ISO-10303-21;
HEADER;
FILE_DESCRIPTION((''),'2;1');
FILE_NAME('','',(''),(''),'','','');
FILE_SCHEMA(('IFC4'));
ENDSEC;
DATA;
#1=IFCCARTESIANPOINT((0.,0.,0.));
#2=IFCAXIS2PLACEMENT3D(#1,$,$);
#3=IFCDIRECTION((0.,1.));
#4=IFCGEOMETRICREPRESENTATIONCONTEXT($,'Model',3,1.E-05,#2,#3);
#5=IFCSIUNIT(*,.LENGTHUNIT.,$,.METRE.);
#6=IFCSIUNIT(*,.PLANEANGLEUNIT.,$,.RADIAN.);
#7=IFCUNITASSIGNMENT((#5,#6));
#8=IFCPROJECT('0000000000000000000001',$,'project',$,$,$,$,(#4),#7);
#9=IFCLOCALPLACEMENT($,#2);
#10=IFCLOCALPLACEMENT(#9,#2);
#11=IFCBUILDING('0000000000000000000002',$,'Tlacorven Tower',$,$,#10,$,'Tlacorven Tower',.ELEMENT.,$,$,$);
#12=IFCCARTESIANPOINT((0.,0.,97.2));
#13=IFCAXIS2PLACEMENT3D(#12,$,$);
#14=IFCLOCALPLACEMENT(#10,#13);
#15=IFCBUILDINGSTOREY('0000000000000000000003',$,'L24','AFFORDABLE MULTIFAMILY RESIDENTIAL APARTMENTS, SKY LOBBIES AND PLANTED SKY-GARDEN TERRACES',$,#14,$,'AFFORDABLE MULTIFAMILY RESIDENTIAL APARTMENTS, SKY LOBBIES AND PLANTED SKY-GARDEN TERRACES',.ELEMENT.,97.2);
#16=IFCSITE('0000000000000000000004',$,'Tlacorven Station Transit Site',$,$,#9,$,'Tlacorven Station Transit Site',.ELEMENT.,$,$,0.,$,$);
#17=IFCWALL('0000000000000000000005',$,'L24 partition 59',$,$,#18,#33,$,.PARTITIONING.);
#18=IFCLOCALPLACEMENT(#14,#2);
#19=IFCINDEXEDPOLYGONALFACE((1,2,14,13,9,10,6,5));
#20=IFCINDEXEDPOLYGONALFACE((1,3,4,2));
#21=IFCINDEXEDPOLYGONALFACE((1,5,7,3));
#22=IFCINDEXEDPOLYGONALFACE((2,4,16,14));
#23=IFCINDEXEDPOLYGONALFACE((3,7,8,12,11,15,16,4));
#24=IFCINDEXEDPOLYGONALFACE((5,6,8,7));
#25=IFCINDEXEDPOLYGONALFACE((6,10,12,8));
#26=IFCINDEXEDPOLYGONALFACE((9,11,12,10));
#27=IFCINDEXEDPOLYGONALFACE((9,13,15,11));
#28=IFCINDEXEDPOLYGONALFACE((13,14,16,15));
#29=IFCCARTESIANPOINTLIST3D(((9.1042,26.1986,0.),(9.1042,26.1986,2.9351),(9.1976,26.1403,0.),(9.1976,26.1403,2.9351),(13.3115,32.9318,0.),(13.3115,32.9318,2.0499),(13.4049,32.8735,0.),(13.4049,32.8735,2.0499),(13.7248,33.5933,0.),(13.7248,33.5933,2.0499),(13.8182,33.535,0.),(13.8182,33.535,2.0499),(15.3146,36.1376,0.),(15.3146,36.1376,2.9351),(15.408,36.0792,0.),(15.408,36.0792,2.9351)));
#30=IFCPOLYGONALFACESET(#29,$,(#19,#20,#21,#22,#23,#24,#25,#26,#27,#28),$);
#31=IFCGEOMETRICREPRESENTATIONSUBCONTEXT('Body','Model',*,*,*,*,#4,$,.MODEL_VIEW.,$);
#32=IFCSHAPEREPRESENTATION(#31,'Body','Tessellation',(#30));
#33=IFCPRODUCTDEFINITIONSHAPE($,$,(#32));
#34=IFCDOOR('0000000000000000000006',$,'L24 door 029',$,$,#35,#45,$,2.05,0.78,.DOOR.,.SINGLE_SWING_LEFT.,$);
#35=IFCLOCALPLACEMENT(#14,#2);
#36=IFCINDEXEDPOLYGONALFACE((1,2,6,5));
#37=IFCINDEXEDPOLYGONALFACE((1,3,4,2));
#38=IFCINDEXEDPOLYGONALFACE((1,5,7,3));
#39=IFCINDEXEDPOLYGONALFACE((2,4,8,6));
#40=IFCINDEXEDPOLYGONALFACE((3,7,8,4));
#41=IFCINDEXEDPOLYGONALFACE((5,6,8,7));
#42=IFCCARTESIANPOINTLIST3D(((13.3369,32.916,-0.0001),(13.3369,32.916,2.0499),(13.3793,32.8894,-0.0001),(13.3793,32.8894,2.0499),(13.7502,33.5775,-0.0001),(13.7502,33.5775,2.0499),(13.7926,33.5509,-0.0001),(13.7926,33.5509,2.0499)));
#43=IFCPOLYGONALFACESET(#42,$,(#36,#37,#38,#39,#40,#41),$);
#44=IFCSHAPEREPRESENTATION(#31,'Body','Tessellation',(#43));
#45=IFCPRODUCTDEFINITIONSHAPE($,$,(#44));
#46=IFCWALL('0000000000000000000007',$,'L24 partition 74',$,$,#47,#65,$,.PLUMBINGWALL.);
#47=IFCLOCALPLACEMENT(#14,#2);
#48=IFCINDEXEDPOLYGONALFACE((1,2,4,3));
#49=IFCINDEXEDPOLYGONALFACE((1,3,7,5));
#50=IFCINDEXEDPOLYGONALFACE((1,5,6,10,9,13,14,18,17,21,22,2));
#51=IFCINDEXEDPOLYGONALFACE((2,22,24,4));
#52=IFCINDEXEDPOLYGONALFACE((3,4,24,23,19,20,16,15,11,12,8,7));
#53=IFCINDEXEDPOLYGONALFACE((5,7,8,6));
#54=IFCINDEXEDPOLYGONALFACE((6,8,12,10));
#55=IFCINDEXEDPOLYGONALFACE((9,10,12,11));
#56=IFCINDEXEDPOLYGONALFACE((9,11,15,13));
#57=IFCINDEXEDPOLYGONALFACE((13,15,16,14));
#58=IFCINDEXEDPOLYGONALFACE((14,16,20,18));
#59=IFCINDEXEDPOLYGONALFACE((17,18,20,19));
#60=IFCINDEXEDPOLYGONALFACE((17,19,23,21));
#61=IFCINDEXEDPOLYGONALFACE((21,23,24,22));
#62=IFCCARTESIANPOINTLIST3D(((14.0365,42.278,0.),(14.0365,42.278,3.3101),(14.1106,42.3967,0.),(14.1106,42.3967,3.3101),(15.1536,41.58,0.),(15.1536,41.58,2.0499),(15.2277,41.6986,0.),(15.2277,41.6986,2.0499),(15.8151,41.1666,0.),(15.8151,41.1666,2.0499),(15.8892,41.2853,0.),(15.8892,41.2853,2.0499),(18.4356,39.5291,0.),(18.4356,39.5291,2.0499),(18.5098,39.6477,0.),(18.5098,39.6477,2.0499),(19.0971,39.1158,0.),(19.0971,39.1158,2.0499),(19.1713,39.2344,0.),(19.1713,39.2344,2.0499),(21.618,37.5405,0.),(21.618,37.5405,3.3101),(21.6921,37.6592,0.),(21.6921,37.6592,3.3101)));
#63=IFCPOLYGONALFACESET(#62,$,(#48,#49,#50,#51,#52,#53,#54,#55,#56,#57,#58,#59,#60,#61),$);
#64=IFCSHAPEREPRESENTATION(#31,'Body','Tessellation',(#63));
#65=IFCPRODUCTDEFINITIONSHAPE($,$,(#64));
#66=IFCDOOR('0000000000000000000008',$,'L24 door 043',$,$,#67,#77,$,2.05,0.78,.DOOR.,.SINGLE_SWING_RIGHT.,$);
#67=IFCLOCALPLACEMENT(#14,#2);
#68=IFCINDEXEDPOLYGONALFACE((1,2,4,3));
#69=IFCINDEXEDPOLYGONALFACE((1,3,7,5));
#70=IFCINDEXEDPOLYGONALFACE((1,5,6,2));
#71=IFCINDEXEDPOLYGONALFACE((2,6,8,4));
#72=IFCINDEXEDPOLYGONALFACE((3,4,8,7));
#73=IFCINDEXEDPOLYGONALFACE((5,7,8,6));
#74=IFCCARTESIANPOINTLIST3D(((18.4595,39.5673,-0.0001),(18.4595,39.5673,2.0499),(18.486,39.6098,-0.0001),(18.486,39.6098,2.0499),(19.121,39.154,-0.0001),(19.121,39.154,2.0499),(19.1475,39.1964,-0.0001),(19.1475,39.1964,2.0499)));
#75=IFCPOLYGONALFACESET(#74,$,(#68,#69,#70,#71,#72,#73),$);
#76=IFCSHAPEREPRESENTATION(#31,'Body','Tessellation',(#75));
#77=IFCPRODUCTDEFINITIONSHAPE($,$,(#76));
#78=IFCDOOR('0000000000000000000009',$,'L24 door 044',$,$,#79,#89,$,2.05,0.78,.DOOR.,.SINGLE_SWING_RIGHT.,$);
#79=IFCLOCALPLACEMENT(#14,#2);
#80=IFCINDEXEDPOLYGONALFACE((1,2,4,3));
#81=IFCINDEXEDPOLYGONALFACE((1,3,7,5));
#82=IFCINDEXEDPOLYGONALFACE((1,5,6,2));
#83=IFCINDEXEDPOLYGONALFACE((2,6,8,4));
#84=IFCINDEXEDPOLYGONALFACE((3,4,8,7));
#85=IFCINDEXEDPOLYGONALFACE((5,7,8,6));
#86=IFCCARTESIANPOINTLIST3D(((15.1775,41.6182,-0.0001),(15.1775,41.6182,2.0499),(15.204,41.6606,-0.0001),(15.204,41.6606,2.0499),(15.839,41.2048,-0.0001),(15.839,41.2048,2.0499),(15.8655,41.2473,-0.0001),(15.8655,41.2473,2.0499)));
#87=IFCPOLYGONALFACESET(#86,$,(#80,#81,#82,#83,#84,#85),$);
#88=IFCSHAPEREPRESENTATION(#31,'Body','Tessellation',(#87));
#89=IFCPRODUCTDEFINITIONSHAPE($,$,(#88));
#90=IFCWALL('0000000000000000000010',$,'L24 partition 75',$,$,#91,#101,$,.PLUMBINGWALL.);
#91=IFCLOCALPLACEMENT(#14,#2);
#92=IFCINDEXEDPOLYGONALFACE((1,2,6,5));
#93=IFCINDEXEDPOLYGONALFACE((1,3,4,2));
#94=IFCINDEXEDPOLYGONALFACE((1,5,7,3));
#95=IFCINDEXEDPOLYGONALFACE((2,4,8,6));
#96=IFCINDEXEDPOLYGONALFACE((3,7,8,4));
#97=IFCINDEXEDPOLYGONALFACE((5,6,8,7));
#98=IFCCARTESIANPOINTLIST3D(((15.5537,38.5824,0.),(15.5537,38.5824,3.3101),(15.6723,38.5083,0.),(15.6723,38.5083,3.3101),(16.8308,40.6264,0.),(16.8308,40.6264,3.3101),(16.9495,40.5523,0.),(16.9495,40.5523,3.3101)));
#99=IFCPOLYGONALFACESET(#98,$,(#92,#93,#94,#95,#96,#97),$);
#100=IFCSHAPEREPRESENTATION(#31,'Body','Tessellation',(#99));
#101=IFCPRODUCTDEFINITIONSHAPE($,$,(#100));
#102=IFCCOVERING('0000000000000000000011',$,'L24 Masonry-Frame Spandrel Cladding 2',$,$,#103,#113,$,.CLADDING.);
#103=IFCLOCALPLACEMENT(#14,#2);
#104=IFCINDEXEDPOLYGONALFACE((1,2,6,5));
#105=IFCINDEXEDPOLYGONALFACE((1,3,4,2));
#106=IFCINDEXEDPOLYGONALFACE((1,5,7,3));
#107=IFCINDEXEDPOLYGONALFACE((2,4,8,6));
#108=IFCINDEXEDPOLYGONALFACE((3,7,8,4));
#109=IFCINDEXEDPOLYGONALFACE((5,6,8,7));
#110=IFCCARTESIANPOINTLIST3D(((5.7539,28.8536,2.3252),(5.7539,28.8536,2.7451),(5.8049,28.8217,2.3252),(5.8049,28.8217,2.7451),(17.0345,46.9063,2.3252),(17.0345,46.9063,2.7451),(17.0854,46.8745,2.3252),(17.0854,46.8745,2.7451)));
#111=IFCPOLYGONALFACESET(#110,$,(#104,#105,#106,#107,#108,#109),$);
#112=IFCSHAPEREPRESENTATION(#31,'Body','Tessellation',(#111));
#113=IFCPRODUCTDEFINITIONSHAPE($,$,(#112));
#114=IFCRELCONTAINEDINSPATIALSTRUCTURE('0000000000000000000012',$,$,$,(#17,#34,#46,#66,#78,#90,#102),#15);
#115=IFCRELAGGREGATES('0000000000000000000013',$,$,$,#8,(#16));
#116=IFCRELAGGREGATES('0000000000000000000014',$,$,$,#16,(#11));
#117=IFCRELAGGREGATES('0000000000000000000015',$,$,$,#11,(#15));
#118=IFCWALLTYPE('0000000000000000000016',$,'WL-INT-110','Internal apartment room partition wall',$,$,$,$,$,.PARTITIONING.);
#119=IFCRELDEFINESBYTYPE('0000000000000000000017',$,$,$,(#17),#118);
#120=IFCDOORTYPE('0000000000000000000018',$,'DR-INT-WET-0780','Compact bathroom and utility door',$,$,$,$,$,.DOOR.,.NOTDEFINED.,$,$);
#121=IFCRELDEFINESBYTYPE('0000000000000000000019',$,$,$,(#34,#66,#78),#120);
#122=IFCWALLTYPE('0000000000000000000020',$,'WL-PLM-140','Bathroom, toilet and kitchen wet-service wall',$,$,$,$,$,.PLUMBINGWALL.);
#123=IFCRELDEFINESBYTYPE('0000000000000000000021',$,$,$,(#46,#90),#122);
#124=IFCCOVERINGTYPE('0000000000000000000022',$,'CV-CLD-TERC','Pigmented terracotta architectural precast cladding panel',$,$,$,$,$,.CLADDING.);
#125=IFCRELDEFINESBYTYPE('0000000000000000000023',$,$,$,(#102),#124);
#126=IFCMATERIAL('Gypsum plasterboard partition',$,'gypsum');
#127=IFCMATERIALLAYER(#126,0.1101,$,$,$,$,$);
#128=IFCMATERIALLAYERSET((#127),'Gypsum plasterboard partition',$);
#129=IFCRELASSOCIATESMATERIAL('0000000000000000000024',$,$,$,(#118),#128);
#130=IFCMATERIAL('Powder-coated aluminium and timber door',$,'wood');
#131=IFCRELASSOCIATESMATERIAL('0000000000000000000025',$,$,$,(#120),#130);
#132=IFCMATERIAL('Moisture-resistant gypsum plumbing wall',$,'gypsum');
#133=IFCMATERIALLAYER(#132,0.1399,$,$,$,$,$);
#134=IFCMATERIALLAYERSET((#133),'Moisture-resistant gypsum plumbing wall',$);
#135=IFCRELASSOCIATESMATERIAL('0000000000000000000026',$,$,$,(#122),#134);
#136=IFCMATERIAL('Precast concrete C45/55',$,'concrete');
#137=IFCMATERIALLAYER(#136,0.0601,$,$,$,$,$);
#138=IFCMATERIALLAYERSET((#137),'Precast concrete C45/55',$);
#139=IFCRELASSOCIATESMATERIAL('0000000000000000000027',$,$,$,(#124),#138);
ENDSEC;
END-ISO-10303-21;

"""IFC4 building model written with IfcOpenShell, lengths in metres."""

from ifc_helpers import new_model, si_unit, direction, frame, frame_2d, origin, origin_2d, place, context, subcontext, project, spatial, rectangle, extrude, source, transform, mapped, material, layer, layer_set, type_object, element, fill, save


model = new_model("IFC4")

# Units and contexts
model_context = context("Model", 3, precision=1e-05, world=origin(), true_north=direction((0.0, 1.0)))
body_context = subcontext(model_context, "Body", "Model", "MODEL_VIEW")
ifc_project = project(units=[si_unit("LENGTHUNIT", "METRE"), si_unit("PLANEANGLEUNIT", "RADIAN")], contexts=[model_context])

# Site, building, storey
site_placement = place(None, origin())
site = spatial("IfcSite", under=ifc_project, at=site_placement, Name="Tlacorven Station Transit Site", LongName="Tlacorven Station Transit Site", CompositionType="ELEMENT", RefElevation=0.0)
building_placement = place(site_placement, origin())
building = spatial("IfcBuilding", under=site, at=building_placement, Name="Tlacorven Tower", LongName="Tlacorven Tower", CompositionType="ELEMENT")
storey_placement = place(building_placement, frame((0.0, 0.0, 97.2)))
storey = spatial("IfcBuildingStorey", under=building, at=storey_placement, Name="L24", Description="AFFORDABLE MULTIFAMILY RESIDENTIAL APARTMENTS, SKY LOBBIES AND PLANTED SKY-GARDEN TERRACES", LongName="AFFORDABLE MULTIFAMILY RESIDENTIAL APARTMENTS, SKY LOBBIES AND PLANTED SKY-GARDEN TERRACES", CompositionType="ELEMENT", Elevation=97.2)

# Wall, opening, door
ifc_material_1 = material(Name="Gypsum plasterboard partition", Category="gypsum")
ifc_layer_1 = layer(ifc_material_1, 0.1101)
ifc_layer_set_1 = layer_set([ifc_layer_1], Name="Gypsum plasterboard partition")
wall_type_1 = type_object("IfcWallType", Name="WL-INT-110", Description="Internal apartment room partition wall", PredefinedType="PARTITIONING", material=ifc_layer_set_1)
wall_1_placement = place(storey_placement, frame((15.3613, 36.1084, 0.0), z_axis=(0.0, 0.0, 1.0), x_axis=(-0.529913, -0.848052, 0.0)))
wall_1 = element("IfcWall", 1, at=wall_1_placement, inside=storey, type_object=wall_type_1, Name="L24 partition 59", PredefinedType="PARTITIONING", context=body_context, shape_type="SweptSolid", body=[
    extrude(rectangle(XDim=11.7197, YDim=0.1101, at=frame_2d((5.8599, 0.0))), origin(), (0.0, 0.0, 1.0), 2.9351),
])
opening_1_placement = place(wall_1_placement, frame((3.0, 0.0, 0.0)))
opening_1 = element("IfcOpeningElement", 2, at=opening_1_placement, cuts=wall_1, PredefinedType="OPENING", context=body_context, shape_type="SweptSolid", body=[
    extrude(rectangle(XDim=0.78, YDim=2.05, at=frame_2d((0.3901, 1.0249))), frame((0.0, 0.0649, 0.0), z_axis=(0.0, -1.0, 0.0), x_axis=(1.0, 0.0, 0.0)), (0.0, 0.0, 1.0), 0.1301),
])
ifc_material_2 = material(Name="Powder-coated aluminium and timber door", Category="wood")
door_type = type_object("IfcDoorType", Name="DR-INT-WET-0780", Description="Compact bathroom and utility door", OperationType="NOTDEFINED", PredefinedType="DOOR", material=ifc_material_2)
shared_shape_1 = source(origin(), body_context, "Body", "SweptSolid", [
    extrude(rectangle(XDim=0.78, YDim=2.05, at=frame_2d((0.3901, 1.0249))), frame((0.0, 0.0249, 0.0), z_axis=(0.0, -1.0, 0.0), x_axis=(1.0, 0.0, 0.0)), (0.0, 0.0, 1.0), 0.05),
])
door_1_placement = place(opening_1_placement, origin())
door_1 = element("IfcDoor", 3, at=door_1_placement, inside=storey, type_object=door_type, Name="L24 door 029", OperationType="SINGLE_SWING_LEFT", OverallHeight=2.05, OverallWidth=0.78, PredefinedType="DOOR", context=body_context, shape_type="MappedRepresentation", body=[
    mapped(shared_shape_1, transform((0.0, 0.0, 0.0), scale=1.0)),
])
fill(opening_1, door_1)

# Wall, openings, doors
ifc_material_3 = material(Name="Moisture-resistant gypsum plumbing wall", Category="gypsum")
ifc_layer_2 = layer(ifc_material_3, 0.1399)
ifc_layer_set_2 = layer_set([ifc_layer_2], Name="Moisture-resistant gypsum plumbing wall")
wall_type_2 = type_object("IfcWallType", Name="WL-PLM-140", Description="Bathroom, toilet and kitchen wet-service wall", PredefinedType="PLUMBINGWALL", material=ifc_layer_set_2)
wall_2_placement = place(storey_placement, frame((21.655, 37.5999, 0.0), z_axis=(0.0, 0.0, 1.0), x_axis=(-0.848044, 0.529925, 0.0)))
wall_2 = element("IfcWall", 4, at=wall_2_placement, inside=storey, type_object=wall_type_2, Name="L24 partition 74", PredefinedType="PLUMBINGWALL", context=body_context, shape_type="SweptSolid", body=[
    extrude(rectangle(XDim=8.9399, YDim=0.1399, at=frame_2d((4.47, 0.0))), origin(), (0.0, 0.0, 1.0), 3.3101),
])
opening_2_placement = place(wall_2_placement, frame((2.9724, 0.0, 0.0)))
opening_2 = element("IfcOpeningElement", 5, at=opening_2_placement, cuts=wall_2, PredefinedType="OPENING", context=body_context, shape_type="SweptSolid", body=[
    extrude(rectangle(XDim=0.78, YDim=2.05, at=frame_2d((0.3901, 1.0249))), frame((0.0, 0.0801, 0.0), z_axis=(0.0, -1.0, 0.0), x_axis=(1.0, 0.0, 0.0)), (0.0, 0.0, 1.0), 0.1599),
])
opening_3_placement = place(wall_2_placement, frame((6.8425, 0.0, 0.0)))
opening_3 = element("IfcOpeningElement", 6, at=opening_3_placement, cuts=wall_2, PredefinedType="OPENING", context=body_context, shape_type="SweptSolid", body=[
    extrude(rectangle(XDim=0.78, YDim=2.05, at=frame_2d((0.3901, 1.0249))), frame((0.0, 0.0801, 0.0), z_axis=(0.0, -1.0, 0.0), x_axis=(1.0, 0.0, 0.0)), (0.0, 0.0, 1.0), 0.1599),
])
door_2_placement = place(opening_2_placement, origin())
door_2 = element("IfcDoor", 7, at=door_2_placement, inside=storey, type_object=door_type, Name="L24 door 043", OperationType="SINGLE_SWING_RIGHT", OverallHeight=2.05, OverallWidth=0.78, PredefinedType="DOOR", context=body_context, shape_type="MappedRepresentation", body=[
    mapped(shared_shape_1, transform((0.0, 0.0, 0.0), scale=1.0)),
])
fill(opening_2, door_2)
door_3_placement = place(opening_3_placement, origin())
door_3 = element("IfcDoor", 8, at=door_3_placement, inside=storey, type_object=door_type, Name="L24 door 044", OperationType="SINGLE_SWING_RIGHT", OverallHeight=2.05, OverallWidth=0.78, PredefinedType="DOOR", context=body_context, shape_type="MappedRepresentation", body=[
    mapped(shared_shape_1, transform((0.0, 0.0, 0.0), scale=1.0)),
])
fill(opening_3, door_3)

# Wall
wall_3_placement = place(storey_placement, frame((16.8901, 40.5894, 0.0), z_axis=(0.0, 0.0, 1.0), x_axis=(-0.52989, -0.848067, 0.0)))
element("IfcWall", 9, at=wall_3_placement, inside=storey, type_object=wall_type_2, Name="L24 partition 75", PredefinedType="PLUMBINGWALL", context=body_context, shape_type="SweptSolid", body=[
    extrude(rectangle(XDim=2.4102, YDim=0.1399, at=frame_2d((1.2051, 0.0))), origin(), (0.0, 0.0, 1.0), 3.3101),
])

# Covering
ifc_material_4 = material(Name="Precast concrete C45/55", Category="concrete")
ifc_layer_3 = layer(ifc_material_4, 0.0601)
ifc_layer_set_3 = layer_set([ifc_layer_3], Name="Precast concrete C45/55")
covering_type = type_object("IfcCoveringType", Name="CV-CLD-TERC", Description="Pigmented terracotta architectural precast cladding panel", PredefinedType="CLADDING", material=ifc_layer_set_3)
shared_shape_2 = source(origin(), body_context, "Body", "SweptSolid", [
    extrude(rectangle(XDim=21.2874, YDim=0.0601, at=origin_2d()), origin(), (0.0, 0.0, 1.0), 0.4199),
])
covering_placement = place(storey_placement, frame((11.4197, 37.864, 2.3252), z_axis=(0.0, 0.0, 1.0), x_axis=(0.529919, 0.848048, 0.0)))
element("IfcCovering", 10, at=covering_placement, inside=storey, type_object=covering_type, Name="L24 Masonry-Frame Spandrel Cladding 2", PredefinedType="CLADDING", context=body_context, shape_type="MappedRepresentation", body=[
    mapped(shared_shape_2, transform((0.0, 0.0, 0.0), scale=1.0)),
])

save(model, "model.ifc")
